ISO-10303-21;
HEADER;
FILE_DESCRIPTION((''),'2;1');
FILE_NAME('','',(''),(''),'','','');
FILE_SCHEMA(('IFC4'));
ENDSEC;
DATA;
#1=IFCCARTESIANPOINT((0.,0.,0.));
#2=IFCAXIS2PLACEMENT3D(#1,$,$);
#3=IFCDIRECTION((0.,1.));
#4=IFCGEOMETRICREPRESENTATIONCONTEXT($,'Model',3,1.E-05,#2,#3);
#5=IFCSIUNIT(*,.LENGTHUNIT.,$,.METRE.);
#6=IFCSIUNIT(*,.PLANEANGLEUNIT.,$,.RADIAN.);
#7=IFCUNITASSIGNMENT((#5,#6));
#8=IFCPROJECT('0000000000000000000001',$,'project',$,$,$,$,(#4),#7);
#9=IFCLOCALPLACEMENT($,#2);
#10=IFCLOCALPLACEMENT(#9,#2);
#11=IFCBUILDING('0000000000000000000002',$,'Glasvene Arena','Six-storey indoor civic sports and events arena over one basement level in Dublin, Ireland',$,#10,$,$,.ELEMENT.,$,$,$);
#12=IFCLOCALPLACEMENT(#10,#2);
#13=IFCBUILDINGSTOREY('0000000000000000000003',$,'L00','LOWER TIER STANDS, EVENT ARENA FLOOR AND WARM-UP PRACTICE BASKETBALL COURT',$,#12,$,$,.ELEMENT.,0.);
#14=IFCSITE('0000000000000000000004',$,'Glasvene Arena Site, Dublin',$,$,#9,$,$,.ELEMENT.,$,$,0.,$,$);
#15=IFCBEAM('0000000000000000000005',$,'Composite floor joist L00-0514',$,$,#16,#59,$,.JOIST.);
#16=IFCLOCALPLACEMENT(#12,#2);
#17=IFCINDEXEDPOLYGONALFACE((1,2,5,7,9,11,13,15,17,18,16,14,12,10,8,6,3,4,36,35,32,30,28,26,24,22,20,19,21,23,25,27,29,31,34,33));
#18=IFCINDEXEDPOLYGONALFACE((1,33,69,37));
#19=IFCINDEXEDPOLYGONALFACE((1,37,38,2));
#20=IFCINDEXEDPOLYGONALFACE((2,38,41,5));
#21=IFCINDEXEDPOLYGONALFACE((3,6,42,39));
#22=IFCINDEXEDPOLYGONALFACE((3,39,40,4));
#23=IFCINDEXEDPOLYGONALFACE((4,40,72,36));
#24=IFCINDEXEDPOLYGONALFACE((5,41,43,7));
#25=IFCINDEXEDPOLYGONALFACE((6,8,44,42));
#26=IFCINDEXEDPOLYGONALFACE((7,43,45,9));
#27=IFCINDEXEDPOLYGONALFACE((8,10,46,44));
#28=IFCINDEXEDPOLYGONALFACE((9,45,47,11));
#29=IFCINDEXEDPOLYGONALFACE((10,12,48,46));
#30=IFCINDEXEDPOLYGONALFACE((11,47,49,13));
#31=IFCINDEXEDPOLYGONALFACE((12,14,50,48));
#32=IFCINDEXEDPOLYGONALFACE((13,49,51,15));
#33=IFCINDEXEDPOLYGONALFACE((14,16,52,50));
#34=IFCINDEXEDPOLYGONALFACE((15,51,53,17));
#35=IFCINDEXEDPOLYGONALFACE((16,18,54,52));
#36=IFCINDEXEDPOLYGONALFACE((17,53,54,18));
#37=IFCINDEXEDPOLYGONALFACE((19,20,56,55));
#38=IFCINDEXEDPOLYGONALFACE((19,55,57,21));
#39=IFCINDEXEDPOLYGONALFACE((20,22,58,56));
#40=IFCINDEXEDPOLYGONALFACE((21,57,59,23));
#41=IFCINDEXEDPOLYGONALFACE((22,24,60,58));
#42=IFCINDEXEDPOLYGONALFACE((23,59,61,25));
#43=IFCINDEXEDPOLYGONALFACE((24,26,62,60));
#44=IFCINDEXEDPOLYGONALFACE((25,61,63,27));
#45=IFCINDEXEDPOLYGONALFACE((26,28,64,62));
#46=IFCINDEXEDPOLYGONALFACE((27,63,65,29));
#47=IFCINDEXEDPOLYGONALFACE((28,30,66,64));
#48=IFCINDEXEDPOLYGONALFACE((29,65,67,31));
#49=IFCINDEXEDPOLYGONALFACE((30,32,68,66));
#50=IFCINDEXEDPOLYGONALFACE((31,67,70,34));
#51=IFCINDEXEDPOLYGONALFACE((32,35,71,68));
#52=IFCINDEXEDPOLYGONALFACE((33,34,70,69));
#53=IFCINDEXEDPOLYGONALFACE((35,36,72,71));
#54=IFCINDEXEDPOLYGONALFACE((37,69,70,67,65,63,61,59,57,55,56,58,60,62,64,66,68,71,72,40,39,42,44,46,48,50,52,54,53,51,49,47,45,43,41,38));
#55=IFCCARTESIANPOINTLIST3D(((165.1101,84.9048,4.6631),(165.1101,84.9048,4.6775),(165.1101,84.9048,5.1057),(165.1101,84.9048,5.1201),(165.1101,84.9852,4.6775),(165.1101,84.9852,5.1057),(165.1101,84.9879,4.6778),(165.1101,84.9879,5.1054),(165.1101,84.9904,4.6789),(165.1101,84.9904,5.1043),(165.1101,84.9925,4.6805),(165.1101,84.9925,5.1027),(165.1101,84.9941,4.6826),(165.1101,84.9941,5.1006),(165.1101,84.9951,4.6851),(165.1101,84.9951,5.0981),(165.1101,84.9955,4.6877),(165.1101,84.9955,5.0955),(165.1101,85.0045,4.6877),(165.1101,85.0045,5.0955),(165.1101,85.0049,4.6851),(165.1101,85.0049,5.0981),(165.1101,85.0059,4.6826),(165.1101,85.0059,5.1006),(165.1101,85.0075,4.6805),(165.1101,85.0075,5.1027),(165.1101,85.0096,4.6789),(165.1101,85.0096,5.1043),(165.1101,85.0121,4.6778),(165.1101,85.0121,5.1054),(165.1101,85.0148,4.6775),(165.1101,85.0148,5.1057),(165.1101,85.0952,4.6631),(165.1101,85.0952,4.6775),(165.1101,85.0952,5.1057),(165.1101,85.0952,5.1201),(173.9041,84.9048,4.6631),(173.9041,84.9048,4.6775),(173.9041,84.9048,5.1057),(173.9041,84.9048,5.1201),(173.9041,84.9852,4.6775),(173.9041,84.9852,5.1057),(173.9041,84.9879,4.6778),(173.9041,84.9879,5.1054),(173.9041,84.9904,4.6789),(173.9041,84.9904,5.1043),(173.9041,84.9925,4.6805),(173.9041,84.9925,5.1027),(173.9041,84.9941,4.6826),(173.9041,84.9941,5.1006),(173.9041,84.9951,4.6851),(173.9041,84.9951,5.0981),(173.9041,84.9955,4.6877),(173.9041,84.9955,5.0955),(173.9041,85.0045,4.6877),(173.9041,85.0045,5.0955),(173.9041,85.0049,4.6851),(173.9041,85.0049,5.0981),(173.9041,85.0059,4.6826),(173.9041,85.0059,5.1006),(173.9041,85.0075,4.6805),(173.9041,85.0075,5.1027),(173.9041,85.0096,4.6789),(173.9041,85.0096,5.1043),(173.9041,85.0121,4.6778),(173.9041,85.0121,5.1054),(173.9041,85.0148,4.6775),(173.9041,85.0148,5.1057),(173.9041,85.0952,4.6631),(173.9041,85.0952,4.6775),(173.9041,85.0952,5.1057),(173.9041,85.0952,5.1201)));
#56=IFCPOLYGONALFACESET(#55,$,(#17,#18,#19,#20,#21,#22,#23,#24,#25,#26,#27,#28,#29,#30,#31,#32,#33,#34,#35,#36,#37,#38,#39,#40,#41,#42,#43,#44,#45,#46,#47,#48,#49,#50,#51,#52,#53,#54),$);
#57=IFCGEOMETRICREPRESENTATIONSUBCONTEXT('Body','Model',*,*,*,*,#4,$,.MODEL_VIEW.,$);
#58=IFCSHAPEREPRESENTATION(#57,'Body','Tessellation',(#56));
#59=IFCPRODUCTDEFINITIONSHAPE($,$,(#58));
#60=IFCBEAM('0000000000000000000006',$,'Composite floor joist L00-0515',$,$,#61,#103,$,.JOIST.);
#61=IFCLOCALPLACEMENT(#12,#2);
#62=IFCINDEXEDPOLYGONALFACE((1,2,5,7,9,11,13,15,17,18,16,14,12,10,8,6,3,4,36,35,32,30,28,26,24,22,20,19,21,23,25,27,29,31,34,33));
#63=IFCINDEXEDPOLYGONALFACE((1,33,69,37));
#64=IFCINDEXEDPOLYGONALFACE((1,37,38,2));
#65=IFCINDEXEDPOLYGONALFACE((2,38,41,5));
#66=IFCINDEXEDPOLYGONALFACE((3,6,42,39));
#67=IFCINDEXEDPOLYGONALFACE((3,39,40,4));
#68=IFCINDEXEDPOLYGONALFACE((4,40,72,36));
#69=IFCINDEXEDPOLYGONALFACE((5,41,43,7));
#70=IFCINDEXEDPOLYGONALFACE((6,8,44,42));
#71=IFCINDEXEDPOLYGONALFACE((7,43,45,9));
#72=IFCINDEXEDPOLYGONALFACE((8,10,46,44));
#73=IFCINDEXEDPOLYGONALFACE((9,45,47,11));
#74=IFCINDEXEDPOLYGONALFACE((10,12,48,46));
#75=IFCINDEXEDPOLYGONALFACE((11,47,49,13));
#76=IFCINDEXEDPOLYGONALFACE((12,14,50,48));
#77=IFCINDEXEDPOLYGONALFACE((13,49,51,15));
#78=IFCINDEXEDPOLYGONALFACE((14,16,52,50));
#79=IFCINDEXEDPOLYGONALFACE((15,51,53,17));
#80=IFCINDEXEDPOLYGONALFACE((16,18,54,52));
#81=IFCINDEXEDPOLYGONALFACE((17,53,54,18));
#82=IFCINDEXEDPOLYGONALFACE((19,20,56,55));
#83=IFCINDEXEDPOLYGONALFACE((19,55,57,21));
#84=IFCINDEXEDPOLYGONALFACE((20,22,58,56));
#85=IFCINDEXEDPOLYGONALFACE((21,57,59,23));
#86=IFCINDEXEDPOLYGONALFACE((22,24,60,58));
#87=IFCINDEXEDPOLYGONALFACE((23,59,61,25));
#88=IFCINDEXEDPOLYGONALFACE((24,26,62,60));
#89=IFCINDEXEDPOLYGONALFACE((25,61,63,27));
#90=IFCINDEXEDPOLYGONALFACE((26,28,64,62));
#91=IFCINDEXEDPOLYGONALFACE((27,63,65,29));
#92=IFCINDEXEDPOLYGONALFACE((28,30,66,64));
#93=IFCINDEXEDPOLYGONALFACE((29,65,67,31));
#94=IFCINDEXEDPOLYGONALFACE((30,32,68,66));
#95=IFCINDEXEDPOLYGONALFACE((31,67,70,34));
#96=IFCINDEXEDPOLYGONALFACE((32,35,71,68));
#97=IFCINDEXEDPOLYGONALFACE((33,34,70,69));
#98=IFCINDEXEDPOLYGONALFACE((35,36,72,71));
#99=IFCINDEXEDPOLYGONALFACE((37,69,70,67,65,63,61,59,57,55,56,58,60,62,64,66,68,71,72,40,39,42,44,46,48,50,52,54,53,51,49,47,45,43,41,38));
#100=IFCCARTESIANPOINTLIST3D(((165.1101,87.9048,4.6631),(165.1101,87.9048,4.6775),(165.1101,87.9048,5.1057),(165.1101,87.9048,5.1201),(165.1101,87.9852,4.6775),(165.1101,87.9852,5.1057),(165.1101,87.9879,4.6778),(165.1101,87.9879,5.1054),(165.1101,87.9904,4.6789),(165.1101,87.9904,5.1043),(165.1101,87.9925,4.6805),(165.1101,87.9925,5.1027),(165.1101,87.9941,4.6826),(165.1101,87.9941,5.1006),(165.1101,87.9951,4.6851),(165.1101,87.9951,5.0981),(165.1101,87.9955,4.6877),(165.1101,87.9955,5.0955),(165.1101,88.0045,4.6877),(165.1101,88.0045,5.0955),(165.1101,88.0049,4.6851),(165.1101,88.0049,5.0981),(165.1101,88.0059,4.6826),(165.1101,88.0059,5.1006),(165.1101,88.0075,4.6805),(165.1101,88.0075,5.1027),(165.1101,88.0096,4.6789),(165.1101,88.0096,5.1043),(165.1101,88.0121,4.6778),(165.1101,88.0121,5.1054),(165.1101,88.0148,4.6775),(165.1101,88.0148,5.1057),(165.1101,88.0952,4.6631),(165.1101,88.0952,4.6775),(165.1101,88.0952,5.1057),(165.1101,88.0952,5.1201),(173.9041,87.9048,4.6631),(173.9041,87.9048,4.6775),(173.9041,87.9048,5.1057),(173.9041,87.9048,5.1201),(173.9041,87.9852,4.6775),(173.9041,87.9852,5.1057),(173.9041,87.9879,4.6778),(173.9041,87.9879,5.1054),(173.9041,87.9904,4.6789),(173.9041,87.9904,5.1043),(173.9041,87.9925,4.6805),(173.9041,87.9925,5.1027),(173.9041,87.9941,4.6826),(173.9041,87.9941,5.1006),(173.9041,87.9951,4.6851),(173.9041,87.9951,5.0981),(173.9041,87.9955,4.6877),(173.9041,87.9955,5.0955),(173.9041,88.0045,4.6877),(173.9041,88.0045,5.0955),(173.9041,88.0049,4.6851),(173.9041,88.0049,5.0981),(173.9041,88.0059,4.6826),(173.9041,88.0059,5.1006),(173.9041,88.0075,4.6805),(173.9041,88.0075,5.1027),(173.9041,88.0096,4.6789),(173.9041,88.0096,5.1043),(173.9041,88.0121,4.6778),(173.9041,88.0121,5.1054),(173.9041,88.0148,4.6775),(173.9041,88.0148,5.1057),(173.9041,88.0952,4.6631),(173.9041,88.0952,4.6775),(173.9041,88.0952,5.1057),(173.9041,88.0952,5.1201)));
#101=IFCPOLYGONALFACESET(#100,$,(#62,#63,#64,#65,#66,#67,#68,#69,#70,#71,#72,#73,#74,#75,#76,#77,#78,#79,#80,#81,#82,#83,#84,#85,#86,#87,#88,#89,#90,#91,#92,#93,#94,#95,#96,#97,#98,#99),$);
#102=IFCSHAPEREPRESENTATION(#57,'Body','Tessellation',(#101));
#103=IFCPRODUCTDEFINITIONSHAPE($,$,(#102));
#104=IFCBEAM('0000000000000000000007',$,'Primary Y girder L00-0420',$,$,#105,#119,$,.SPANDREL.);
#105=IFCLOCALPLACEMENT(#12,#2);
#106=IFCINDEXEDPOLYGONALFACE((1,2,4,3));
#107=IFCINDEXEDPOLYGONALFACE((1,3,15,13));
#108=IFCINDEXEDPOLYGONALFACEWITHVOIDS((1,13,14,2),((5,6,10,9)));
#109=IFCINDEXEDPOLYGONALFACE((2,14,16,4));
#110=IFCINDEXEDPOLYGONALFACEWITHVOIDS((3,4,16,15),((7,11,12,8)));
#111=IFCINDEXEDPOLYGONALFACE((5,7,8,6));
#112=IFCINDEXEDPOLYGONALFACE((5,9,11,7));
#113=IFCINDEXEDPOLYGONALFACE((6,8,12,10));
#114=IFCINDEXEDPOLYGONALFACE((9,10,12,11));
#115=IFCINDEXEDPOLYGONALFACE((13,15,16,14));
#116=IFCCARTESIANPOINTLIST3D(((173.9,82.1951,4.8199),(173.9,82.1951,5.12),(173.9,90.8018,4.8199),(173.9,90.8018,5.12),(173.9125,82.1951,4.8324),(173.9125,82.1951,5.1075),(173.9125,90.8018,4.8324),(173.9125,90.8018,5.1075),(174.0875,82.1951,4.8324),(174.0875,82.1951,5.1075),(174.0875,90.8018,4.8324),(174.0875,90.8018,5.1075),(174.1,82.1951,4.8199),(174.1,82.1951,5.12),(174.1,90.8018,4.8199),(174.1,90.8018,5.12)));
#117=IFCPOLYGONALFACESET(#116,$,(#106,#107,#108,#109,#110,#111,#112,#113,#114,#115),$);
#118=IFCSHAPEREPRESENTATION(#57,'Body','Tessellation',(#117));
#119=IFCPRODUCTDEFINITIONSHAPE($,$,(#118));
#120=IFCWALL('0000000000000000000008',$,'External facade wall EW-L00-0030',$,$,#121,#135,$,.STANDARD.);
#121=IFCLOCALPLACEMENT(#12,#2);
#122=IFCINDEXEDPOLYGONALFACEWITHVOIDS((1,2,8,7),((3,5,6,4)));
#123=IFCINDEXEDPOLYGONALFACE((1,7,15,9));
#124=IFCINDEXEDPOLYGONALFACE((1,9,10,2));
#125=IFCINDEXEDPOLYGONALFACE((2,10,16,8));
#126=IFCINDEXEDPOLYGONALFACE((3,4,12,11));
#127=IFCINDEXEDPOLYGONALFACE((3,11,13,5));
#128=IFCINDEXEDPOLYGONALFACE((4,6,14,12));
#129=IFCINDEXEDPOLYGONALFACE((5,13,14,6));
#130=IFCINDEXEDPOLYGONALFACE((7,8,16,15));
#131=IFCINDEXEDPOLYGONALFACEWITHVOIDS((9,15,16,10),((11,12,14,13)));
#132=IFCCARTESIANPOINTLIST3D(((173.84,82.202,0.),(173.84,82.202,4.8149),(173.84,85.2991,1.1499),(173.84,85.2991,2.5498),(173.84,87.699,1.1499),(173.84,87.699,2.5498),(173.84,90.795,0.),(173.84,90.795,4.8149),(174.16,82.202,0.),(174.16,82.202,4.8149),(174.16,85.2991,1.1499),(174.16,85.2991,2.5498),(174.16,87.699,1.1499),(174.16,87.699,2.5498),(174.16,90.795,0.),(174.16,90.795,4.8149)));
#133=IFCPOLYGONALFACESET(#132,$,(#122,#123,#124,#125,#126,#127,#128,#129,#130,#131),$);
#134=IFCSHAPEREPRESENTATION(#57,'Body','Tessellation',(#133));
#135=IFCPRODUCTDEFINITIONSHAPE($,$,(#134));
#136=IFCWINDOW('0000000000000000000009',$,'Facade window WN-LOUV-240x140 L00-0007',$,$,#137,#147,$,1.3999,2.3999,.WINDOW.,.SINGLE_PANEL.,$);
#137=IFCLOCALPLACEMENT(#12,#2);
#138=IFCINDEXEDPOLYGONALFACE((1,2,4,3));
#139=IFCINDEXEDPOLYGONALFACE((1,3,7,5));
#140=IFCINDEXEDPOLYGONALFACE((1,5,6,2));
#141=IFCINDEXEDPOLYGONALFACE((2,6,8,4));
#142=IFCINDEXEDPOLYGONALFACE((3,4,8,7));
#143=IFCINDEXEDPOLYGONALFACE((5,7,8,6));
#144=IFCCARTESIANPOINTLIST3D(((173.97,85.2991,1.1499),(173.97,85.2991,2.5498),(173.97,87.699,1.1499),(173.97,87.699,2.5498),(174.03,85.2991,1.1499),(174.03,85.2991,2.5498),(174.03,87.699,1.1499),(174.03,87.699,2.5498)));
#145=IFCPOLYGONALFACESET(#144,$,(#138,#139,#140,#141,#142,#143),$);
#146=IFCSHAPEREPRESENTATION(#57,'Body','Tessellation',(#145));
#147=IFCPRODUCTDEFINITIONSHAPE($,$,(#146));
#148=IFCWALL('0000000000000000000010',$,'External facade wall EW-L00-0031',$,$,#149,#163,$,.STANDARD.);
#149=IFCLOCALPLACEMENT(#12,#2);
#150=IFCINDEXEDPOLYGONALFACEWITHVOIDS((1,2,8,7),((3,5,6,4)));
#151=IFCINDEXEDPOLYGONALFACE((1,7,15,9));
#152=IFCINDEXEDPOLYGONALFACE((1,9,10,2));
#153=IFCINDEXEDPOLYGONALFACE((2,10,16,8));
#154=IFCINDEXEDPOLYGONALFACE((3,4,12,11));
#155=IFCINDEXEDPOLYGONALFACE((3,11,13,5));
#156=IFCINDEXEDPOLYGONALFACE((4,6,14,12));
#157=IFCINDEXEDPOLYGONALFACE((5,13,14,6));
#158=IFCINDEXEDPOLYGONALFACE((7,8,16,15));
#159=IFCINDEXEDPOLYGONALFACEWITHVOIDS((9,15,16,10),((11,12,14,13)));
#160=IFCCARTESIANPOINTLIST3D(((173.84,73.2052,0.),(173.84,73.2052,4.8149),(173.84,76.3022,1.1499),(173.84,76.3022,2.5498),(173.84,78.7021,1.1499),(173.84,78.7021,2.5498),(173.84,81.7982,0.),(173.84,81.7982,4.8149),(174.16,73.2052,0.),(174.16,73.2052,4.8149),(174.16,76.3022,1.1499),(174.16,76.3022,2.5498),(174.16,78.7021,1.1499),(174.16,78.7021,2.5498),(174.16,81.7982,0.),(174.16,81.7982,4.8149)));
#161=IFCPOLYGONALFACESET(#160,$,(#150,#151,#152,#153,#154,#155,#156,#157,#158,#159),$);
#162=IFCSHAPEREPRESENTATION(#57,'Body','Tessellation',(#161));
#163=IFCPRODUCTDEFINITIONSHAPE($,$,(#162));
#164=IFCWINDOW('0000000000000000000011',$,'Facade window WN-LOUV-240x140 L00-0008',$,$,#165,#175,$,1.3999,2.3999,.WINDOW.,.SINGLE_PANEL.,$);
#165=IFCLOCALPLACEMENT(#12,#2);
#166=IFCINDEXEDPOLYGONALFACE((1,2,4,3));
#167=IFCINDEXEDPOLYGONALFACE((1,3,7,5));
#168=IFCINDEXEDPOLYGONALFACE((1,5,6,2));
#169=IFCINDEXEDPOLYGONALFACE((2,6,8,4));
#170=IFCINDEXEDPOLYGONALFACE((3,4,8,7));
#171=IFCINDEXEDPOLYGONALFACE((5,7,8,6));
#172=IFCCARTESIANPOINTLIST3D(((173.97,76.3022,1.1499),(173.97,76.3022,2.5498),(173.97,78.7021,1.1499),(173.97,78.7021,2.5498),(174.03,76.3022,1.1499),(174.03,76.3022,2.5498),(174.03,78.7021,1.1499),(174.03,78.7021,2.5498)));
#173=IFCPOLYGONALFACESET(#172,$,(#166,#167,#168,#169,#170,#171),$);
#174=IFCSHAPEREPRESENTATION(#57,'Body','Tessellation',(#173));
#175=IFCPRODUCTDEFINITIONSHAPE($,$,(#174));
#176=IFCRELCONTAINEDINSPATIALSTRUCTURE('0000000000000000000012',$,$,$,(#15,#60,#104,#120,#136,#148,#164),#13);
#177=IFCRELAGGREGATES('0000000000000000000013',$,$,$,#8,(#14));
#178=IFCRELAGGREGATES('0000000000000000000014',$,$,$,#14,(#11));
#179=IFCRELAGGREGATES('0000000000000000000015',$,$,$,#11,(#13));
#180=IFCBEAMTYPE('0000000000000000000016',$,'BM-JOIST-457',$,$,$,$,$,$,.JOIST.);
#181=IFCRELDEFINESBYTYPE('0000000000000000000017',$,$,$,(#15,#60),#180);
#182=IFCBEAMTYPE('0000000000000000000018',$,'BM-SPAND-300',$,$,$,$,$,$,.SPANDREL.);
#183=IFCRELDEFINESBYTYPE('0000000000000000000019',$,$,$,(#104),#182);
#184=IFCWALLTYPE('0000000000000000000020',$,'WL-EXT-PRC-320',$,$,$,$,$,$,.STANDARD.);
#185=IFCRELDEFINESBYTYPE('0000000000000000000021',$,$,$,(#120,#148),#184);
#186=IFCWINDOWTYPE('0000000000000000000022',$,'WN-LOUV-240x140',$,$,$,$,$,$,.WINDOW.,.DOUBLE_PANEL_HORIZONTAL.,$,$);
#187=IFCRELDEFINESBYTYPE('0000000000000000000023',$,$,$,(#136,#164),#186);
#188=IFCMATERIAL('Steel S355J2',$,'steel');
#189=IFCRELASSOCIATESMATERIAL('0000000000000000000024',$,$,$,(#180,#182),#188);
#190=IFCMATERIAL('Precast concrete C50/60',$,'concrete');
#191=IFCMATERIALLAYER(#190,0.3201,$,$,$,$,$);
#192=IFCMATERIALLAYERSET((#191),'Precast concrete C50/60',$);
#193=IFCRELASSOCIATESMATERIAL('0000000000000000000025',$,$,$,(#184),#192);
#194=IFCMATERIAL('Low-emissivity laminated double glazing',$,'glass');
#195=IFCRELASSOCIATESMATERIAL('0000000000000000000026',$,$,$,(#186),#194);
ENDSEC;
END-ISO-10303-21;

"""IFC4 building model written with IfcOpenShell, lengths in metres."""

from ifc_helpers import new_model, si_unit, direction, frame, frame_2d, origin, origin_2d, place, context, subcontext, project, spatial, rectangle, hollow_rectangle, i_section, extrude, material, layer, layer_set, material_profile, profile_set, type_object, element, fill, save


model = new_model("IFC4")

# Units and contexts
model_context = context("Model", 3, precision=1e-05, world=origin(), true_north=direction((0.0, 1.0)))
body_context = subcontext(model_context, "Body", "Model", "MODEL_VIEW")
ifc_project = project(units=[si_unit("LENGTHUNIT", "METRE"), si_unit("PLANEANGLEUNIT", "RADIAN")], contexts=[model_context])

# Site, building, storey
site_placement = place(None, origin())
site = spatial("IfcSite", under=ifc_project, at=site_placement, Name="Glasvene Arena Site, Dublin", CompositionType="ELEMENT", RefElevation=0.0)
building_placement = place(site_placement, origin())
building = spatial("IfcBuilding", under=site, at=building_placement, Name="Glasvene Arena", Description="Six-storey indoor civic sports and events arena over one basement level in Dublin, Ireland", CompositionType="ELEMENT")
storey_placement = place(building_placement, origin())
storey = spatial("IfcBuildingStorey", under=building, at=storey_placement, Name="L00", Description="LOWER TIER STANDS, EVENT ARENA FLOOR AND WARM-UP PRACTICE BASKETBALL COURT", CompositionType="ELEMENT", Elevation=0.0)

# Shared definitions
ifc_material_1 = material(Name="Steel S355J2", Category="steel")

# Beams
ifc_material_profile_1 = material_profile(ifc_material_1, i_section(OverallWidth=0.1904, OverallDepth=0.457, WebThickness=0.009, FlangeThickness=0.0144, FilletRadius=0.0103, at=origin_2d()), Name="UKB 457x191x74")
ifc_profile_set_1 = profile_set([ifc_material_profile_1], Name="Steel S355J2")
beam_type_1 = type_object("IfcBeamType", Name="BM-JOIST-457", PredefinedType="JOIST", material=ifc_profile_set_1)
for number, where, z_axis, x_axis, name in (
    (1, (165.1101, 85.0, 4.8916), (1.0, 0.0, 0.0), (0.0, 1.0, 0.0), "Composite floor joist L00-0514"),
    (2, (165.1101, 88.0, 4.8916), (1.0, 0.0, 0.0), (0.0, 1.0, 0.0), "Composite floor joist L00-0515"),
):
    element("IfcBeam", number, at=place(storey_placement, frame(where, z_axis=z_axis, x_axis=x_axis)), inside=storey, type_object=beam_type_1, Name=name, PredefinedType="JOIST", context=body_context, shape_type="SweptSolid", body=[
        extrude(i_section(OverallWidth=0.1904, OverallDepth=0.457, WebThickness=0.009, FlangeThickness=0.0144, FilletRadius=0.0103, at=origin_2d()), origin(), (0.0, 0.0, 1.0), 8.7939),
    ])
ifc_material_profile_2 = material_profile(ifc_material_1, hollow_rectangle(XDim=0.2, YDim=0.3, WallThickness=0.0125, at=origin_2d()), Name="RHS 300x200x12.5")
ifc_profile_set_2 = profile_set([ifc_material_profile_2], Name="Steel S355J2")
beam_type_2 = type_object("IfcBeamType", Name="BM-SPAND-300", PredefinedType="SPANDREL", material=ifc_profile_set_2)
beam_1_placement = place(storey_placement, frame((174.0, 82.1951, 4.97), z_axis=(0.0, 1.0, 0.0), x_axis=(-1.0, 0.0, 0.0)))
element("IfcBeam", 3, at=beam_1_placement, inside=storey, type_object=beam_type_2, Name="Primary Y girder L00-0420", PredefinedType="SPANDREL", context=body_context, shape_type="SweptSolid", body=[
    extrude(hollow_rectangle(XDim=0.2, YDim=0.3, WallThickness=0.0125, at=origin_2d()), origin(), (0.0, 0.0, 1.0), 8.6067),
])

# Walls, openings, windows
ifc_material_2 = material(Name="Precast concrete C50/60", Category="concrete")
ifc_layer = layer(ifc_material_2, 0.3201)
ifc_layer_set = layer_set([ifc_layer], Name="Precast concrete C50/60")
wall_type = type_object("IfcWallType", Name="WL-EXT-PRC-320", PredefinedType="STANDARD", material=ifc_layer_set)
wall_1_placement = place(storey_placement, frame((174.0, 90.7949, 0.0), z_axis=(0.0, 0.0, 1.0), x_axis=(0.0, -1.0, 0.0)))
wall_1 = element("IfcWall", 4, at=wall_1_placement, inside=storey, type_object=wall_type, Name="External facade wall EW-L00-0030", PredefinedType="STANDARD", context=body_context, shape_type="SweptSolid", body=[
    extrude(rectangle(XDim=8.593, YDim=0.3201, at=frame_2d((4.2964, 0.0))), origin(), (0.0, 0.0, 1.0), 4.8149),
])
opening_1_placement = place(wall_1_placement, frame((3.0959, 0.0, 1.1499)))
opening_1 = element("IfcOpeningElement", 5, at=opening_1_placement, cuts=wall_1, PredefinedType="OPENING", context=body_context, shape_type="SweptSolid", body=[
    extrude(rectangle(XDim=2.3999, YDim=1.3999, at=frame_2d((1.2, 0.7))), frame((0.0, 0.1699, 0.0), z_axis=(0.0, -1.0, 0.0), x_axis=(1.0, 0.0, 0.0)), (0.0, 0.0, 1.0), 0.3401),
])
ifc_material_3 = material(Name="Low-emissivity laminated double glazing", Category="glass")
window_type = type_object("IfcWindowType", Name="WN-LOUV-240x140", PartitioningType="DOUBLE_PANEL_HORIZONTAL", PredefinedType="WINDOW", material=ifc_material_3)
window_1_placement = place(opening_1_placement, origin())
window_1 = element("IfcWindow", 6, at=window_1_placement, inside=storey, type_object=window_type, Name="Facade window WN-LOUV-240x140 L00-0007", OverallHeight=1.3999, OverallWidth=2.3999, PartitioningType="SINGLE_PANEL", PredefinedType="WINDOW", context=body_context, shape_type="SweptSolid", body=[
    extrude(rectangle(XDim=2.3999, YDim=1.3999, at=frame_2d((1.2, 0.7))), frame((0.0, 0.03, 0.0), z_axis=(0.0, -1.0, 0.0), x_axis=(1.0, 0.0, 0.0)), (0.0, 0.0, 1.0), 0.0601),
])
fill(opening_1, window_1)
wall_2_placement = place(storey_placement, frame((174.0, 81.7981, 0.0), z_axis=(0.0, 0.0, 1.0), x_axis=(0.0, -1.0, 0.0)))
wall_2 = element("IfcWall", 7, at=wall_2_placement, inside=storey, type_object=wall_type, Name="External facade wall EW-L00-0031", PredefinedType="STANDARD", context=body_context, shape_type="SweptSolid", body=[
    extrude(rectangle(XDim=8.593, YDim=0.3201, at=frame_2d((4.2964, 0.0))), origin(), (0.0, 0.0, 1.0), 4.8149),
])
opening_2_placement = place(wall_2_placement, frame((3.0959, 0.0, 1.1499)))
opening_2 = element("IfcOpeningElement", 8, at=opening_2_placement, cuts=wall_2, PredefinedType="OPENING", context=body_context, shape_type="SweptSolid", body=[
    extrude(rectangle(XDim=2.3999, YDim=1.3999, at=frame_2d((1.2, 0.7))), frame((0.0, 0.1699, 0.0), z_axis=(0.0, -1.0, 0.0), x_axis=(1.0, 0.0, 0.0)), (0.0, 0.0, 1.0), 0.3401),
])
window_2_placement = place(opening_2_placement, origin())
window_2 = element("IfcWindow", 9, at=window_2_placement, inside=storey, type_object=window_type, Name="Facade window WN-LOUV-240x140 L00-0008", OverallHeight=1.3999, OverallWidth=2.3999, PartitioningType="SINGLE_PANEL", PredefinedType="WINDOW", context=body_context, shape_type="SweptSolid", body=[
    extrude(rectangle(XDim=2.3999, YDim=1.3999, at=frame_2d((1.2, 0.7))), frame((0.0, 0.03, 0.0), z_axis=(0.0, -1.0, 0.0), x_axis=(1.0, 0.0, 0.0)), (0.0, 0.0, 1.0), 0.0601),
])
fill(opening_2, window_2)

save(model, "model.ifc")
